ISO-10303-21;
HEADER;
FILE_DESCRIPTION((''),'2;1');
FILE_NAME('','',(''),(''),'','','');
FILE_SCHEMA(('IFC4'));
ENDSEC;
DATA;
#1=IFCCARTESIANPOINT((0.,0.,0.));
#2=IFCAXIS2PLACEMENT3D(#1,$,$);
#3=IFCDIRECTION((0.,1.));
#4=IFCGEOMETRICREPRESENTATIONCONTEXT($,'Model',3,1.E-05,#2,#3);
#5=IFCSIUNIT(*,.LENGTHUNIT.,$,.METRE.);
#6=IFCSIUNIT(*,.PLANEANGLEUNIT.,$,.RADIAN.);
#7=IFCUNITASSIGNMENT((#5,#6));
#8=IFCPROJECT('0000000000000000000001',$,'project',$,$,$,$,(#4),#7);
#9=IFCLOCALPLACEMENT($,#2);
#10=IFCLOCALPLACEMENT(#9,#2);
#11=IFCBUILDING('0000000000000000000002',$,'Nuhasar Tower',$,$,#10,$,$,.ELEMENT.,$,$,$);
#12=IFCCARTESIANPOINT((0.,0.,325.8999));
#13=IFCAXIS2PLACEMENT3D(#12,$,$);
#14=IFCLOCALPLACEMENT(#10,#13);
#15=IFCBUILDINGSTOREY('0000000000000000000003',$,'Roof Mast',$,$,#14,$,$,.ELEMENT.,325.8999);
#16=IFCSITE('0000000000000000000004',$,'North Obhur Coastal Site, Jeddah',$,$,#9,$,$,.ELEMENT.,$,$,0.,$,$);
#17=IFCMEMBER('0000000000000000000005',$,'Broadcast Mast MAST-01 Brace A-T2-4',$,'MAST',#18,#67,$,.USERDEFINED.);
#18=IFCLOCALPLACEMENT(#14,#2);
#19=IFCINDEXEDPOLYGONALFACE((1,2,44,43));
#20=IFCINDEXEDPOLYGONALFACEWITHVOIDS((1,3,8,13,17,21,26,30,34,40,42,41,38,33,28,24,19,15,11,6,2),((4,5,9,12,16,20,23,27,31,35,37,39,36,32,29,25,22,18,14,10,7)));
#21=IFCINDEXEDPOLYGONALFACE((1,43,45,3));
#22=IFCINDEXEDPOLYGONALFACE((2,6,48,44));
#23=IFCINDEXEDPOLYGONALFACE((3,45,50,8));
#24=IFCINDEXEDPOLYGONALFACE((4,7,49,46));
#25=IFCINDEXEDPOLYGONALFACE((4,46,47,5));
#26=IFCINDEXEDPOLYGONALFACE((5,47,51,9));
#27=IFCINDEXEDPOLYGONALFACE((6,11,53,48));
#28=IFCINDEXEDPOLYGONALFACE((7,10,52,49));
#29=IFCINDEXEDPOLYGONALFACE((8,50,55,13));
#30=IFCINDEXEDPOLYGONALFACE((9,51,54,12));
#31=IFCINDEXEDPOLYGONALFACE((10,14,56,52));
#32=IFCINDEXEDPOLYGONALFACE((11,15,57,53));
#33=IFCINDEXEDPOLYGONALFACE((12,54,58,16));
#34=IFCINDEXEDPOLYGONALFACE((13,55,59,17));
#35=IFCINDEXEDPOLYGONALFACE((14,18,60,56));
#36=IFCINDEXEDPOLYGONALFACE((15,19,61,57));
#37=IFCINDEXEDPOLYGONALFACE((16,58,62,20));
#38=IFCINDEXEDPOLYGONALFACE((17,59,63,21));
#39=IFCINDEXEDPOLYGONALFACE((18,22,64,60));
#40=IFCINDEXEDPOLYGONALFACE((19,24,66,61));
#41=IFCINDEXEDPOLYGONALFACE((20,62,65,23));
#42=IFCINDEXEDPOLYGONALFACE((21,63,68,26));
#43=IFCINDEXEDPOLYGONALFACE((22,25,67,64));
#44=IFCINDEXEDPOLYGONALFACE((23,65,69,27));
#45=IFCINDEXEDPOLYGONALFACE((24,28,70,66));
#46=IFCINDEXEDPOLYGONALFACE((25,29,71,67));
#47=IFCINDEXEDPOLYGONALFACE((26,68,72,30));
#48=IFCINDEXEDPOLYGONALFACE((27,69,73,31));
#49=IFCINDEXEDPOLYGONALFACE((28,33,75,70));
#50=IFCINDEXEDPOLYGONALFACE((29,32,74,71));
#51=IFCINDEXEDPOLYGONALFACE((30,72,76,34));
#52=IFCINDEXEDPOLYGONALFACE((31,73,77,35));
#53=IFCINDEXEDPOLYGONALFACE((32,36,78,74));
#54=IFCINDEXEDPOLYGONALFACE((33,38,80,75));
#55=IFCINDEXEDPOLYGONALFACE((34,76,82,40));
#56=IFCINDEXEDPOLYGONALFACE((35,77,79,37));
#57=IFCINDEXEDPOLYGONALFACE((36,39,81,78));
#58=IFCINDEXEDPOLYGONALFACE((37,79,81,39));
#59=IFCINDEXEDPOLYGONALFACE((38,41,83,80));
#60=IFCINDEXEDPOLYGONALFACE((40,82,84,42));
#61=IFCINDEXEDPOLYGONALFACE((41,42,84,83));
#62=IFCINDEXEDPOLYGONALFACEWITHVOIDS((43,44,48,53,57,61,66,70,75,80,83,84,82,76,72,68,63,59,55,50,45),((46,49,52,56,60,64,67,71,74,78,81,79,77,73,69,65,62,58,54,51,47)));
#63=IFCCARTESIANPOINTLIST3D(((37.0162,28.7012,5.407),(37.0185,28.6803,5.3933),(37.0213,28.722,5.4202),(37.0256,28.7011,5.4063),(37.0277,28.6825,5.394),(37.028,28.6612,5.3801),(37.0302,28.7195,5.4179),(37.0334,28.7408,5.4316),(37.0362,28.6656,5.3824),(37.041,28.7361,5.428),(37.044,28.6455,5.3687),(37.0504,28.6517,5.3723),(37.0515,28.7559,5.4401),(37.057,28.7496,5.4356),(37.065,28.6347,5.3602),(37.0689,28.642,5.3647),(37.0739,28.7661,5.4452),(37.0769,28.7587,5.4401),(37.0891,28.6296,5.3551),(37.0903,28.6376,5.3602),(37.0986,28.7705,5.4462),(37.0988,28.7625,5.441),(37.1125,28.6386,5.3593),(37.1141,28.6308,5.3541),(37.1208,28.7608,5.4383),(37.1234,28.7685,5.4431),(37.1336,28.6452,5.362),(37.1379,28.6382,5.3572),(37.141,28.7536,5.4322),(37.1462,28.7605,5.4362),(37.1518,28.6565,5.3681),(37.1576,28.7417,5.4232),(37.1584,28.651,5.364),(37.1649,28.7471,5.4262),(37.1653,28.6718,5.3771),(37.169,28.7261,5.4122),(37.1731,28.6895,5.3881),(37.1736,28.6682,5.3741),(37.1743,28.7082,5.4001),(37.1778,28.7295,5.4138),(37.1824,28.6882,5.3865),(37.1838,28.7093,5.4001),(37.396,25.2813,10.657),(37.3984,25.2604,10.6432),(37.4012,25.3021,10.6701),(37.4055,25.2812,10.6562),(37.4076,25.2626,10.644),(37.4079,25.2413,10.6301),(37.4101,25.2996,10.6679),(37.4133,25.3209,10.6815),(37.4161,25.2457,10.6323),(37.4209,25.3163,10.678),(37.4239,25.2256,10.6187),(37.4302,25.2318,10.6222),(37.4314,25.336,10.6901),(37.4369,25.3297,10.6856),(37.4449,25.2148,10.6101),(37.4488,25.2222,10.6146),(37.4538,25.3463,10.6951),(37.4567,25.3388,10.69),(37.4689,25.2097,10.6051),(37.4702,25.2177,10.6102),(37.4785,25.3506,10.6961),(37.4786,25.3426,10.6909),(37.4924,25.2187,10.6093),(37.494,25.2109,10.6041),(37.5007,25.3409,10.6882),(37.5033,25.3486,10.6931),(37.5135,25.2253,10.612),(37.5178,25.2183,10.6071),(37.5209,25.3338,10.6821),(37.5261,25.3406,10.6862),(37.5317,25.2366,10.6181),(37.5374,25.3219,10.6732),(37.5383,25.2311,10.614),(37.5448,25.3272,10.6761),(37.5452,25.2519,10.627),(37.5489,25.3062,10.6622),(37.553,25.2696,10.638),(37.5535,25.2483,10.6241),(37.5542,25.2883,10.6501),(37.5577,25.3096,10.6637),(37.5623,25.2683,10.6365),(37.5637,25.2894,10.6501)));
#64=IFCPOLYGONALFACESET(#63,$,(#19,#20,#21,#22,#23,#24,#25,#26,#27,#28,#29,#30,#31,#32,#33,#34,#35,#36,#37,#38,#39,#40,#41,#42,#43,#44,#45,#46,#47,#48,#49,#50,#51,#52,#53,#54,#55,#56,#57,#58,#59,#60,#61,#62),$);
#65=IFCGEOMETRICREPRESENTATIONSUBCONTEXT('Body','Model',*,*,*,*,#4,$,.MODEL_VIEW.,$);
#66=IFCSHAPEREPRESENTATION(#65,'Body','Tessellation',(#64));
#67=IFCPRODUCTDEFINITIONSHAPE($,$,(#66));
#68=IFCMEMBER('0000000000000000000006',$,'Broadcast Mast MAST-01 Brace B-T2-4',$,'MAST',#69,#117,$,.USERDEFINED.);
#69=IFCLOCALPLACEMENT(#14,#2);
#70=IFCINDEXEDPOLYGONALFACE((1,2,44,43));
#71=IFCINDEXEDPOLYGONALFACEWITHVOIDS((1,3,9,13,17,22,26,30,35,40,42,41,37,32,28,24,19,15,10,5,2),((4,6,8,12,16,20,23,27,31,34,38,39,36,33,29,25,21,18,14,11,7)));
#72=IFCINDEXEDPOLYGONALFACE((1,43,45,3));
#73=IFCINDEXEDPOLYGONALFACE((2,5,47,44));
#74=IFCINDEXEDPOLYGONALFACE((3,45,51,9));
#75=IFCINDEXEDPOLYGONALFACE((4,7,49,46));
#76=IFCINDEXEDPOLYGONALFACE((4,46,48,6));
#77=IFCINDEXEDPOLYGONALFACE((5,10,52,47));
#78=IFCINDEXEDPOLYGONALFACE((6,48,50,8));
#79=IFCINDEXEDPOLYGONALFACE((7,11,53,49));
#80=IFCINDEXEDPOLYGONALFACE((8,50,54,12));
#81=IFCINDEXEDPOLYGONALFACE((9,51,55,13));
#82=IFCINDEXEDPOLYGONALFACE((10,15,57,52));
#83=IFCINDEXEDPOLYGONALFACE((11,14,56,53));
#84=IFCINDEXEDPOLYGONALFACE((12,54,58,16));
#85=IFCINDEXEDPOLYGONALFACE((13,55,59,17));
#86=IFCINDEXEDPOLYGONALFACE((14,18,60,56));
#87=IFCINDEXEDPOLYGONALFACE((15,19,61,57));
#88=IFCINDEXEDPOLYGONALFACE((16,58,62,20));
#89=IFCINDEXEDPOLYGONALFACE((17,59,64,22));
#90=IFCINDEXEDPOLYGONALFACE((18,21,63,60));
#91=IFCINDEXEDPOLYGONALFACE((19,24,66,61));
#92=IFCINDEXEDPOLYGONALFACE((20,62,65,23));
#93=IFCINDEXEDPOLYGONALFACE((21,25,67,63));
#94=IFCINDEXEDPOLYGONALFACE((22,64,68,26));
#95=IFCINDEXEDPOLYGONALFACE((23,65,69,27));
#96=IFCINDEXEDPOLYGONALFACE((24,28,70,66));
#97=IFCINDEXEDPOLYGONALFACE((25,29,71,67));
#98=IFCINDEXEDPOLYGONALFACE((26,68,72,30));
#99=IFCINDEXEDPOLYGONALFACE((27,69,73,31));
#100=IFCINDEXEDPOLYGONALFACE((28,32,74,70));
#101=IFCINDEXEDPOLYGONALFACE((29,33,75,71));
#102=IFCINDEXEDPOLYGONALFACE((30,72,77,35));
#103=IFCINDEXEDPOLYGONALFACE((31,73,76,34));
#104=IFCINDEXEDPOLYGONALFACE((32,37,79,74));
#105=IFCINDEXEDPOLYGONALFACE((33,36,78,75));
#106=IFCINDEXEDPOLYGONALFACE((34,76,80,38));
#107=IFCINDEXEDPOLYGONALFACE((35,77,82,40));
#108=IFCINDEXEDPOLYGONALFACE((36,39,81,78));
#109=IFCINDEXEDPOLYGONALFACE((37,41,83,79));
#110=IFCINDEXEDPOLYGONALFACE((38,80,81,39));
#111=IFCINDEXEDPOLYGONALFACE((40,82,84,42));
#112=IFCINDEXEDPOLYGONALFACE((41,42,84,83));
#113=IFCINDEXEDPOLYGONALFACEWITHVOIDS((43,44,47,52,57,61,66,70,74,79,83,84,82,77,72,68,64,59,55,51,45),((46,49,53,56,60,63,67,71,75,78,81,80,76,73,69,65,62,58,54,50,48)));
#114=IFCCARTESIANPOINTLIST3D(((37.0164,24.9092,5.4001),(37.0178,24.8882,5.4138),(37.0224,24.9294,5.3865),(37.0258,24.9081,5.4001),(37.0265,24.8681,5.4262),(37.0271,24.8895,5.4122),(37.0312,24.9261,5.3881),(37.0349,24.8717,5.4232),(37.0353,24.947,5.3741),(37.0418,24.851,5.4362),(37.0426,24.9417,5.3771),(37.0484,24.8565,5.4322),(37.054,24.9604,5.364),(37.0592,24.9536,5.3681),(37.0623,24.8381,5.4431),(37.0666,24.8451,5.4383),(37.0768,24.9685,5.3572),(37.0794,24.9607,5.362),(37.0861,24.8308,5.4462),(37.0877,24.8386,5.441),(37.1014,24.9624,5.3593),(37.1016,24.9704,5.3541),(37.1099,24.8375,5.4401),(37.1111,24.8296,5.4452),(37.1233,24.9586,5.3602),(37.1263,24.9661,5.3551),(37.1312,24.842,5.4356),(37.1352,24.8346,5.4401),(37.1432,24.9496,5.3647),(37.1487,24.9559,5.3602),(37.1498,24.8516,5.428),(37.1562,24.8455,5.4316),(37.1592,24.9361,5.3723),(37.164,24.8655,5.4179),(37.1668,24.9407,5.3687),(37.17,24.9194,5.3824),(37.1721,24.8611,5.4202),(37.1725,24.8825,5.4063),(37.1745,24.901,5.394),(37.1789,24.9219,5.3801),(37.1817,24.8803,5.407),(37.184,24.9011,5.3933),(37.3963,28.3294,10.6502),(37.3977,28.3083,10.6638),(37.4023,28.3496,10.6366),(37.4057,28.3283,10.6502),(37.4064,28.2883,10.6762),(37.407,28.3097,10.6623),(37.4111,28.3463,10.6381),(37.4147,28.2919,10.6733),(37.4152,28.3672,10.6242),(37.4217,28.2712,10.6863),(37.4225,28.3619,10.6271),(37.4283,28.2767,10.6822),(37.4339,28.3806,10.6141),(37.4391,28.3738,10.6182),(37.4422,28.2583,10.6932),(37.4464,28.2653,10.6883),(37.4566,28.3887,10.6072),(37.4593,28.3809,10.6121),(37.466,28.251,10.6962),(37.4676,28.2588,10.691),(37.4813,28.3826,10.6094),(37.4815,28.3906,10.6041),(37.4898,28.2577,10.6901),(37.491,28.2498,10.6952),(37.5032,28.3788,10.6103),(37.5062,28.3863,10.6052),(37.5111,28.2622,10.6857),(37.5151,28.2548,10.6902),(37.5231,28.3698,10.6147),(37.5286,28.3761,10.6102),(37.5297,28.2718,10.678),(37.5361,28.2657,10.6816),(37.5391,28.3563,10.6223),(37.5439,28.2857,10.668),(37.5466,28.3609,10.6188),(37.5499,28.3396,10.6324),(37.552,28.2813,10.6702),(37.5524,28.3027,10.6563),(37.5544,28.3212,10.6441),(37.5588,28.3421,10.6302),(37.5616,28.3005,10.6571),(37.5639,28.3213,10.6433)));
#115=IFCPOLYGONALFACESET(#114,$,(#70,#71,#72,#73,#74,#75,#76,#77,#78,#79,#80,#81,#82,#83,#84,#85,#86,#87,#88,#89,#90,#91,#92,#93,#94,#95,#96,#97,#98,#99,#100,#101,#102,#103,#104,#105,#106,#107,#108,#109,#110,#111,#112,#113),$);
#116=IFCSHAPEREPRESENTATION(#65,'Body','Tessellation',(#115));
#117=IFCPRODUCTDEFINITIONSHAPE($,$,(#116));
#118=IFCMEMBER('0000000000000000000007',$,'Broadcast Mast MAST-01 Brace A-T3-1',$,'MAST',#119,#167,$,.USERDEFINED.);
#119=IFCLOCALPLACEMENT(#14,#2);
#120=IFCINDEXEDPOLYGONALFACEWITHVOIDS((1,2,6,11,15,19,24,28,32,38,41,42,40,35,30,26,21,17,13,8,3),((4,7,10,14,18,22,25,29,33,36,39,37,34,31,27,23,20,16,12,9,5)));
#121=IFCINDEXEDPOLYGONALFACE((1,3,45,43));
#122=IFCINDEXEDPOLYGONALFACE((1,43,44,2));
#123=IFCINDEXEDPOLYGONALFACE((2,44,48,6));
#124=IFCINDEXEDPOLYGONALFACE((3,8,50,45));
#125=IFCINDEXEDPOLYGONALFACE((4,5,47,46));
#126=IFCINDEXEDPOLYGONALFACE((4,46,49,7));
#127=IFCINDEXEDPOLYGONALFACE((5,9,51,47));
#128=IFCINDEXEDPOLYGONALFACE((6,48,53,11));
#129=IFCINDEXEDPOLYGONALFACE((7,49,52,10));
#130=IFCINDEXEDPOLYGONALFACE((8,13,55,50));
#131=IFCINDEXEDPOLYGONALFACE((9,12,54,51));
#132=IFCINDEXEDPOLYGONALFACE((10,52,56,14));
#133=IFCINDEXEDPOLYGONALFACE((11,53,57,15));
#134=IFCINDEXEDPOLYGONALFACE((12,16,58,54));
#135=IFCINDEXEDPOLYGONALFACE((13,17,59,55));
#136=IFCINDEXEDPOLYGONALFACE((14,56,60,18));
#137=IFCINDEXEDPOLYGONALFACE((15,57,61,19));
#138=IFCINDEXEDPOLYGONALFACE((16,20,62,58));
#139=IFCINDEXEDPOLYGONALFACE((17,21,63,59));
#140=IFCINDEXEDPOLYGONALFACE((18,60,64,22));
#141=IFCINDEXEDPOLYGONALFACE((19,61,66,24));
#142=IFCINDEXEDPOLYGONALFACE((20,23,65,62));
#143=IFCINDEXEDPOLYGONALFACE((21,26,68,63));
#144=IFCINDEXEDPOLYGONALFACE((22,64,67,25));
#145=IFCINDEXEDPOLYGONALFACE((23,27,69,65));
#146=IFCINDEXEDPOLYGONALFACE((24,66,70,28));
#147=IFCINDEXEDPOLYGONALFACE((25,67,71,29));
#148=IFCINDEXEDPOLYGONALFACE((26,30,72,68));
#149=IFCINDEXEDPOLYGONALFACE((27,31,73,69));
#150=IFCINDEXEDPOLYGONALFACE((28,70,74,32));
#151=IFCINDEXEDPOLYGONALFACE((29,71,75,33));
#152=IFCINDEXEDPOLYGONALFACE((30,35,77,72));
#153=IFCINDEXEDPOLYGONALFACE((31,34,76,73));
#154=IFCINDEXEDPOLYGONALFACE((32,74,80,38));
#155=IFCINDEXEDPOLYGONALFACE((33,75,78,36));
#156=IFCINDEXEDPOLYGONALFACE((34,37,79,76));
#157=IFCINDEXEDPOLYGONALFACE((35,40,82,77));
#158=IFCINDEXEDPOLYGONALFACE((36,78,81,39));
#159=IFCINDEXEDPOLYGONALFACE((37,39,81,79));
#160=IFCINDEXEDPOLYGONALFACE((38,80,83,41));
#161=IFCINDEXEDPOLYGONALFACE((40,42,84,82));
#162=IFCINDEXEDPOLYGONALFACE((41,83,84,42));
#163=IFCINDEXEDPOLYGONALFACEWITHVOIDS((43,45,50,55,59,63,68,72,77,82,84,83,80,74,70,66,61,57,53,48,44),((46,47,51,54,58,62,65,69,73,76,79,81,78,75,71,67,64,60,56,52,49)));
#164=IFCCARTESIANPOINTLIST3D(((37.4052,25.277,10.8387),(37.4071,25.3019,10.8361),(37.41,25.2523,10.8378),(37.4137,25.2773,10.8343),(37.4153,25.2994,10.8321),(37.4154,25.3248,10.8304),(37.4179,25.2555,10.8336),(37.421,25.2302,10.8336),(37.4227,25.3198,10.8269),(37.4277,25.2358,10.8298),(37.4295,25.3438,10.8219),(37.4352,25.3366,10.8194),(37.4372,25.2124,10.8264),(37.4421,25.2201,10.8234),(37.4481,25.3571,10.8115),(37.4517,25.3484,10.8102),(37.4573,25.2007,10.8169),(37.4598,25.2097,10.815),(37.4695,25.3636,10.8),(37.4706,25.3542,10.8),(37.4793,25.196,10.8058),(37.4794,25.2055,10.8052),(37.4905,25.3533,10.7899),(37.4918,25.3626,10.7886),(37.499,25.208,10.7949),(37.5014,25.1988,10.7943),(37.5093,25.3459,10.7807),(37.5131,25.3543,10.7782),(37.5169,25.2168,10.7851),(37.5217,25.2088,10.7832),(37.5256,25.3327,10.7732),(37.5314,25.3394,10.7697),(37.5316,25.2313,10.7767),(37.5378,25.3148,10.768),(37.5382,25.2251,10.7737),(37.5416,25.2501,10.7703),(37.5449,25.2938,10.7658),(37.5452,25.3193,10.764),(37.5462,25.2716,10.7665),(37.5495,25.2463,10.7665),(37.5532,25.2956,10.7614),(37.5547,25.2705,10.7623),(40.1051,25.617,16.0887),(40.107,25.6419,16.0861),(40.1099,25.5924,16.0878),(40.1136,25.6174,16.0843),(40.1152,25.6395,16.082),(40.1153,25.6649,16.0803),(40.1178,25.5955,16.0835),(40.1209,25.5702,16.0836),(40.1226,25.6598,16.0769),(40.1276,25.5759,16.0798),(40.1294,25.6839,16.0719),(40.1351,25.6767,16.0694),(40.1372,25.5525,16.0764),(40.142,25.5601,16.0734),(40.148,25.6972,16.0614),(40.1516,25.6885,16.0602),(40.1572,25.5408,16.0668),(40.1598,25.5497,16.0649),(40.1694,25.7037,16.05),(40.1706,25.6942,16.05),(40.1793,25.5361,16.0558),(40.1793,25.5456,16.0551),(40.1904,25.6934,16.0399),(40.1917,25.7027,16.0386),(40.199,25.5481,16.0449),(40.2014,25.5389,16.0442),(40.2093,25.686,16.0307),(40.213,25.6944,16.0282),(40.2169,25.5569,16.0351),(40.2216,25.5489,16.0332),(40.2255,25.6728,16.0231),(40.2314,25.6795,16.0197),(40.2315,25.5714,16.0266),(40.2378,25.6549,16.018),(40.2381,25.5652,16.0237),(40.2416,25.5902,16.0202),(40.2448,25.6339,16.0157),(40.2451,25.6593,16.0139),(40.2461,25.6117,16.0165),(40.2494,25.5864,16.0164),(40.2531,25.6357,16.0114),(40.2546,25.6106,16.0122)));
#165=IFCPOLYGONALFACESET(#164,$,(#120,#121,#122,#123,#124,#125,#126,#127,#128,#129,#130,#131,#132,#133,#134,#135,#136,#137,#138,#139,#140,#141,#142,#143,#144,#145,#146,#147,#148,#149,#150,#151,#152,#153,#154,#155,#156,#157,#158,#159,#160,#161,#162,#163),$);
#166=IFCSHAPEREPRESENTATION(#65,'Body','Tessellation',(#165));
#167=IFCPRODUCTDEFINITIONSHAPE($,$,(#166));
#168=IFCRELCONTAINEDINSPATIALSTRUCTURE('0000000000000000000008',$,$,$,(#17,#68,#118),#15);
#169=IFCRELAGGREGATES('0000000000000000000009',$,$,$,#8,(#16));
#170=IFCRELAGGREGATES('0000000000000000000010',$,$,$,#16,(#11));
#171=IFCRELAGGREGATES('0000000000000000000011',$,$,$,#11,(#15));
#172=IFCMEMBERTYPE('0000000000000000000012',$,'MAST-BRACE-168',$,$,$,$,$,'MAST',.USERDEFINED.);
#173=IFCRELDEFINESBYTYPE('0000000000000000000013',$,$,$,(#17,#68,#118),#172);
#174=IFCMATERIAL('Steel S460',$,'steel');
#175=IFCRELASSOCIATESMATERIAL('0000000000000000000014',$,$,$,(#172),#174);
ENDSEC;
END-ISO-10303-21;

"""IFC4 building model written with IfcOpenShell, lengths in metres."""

from ifc_helpers import new_model, si_unit, direction, frame, origin, origin_2d, place, context, subcontext, project, spatial, hollow_circle, extrude, material, material_profile, profile_set, type_object, element, save


model = new_model("IFC4")

# Units and contexts
model_context = context("Model", 3, precision=1e-05, world=origin(), true_north=direction((0.0, 1.0)))
body_context = subcontext(model_context, "Body", "Model", "MODEL_VIEW")
ifc_project = project(units=[si_unit("LENGTHUNIT", "METRE"), si_unit("PLANEANGLEUNIT", "RADIAN")], contexts=[model_context])

# Site, building, storey
site_placement = place(None, origin())
site = spatial("IfcSite", under=ifc_project, at=site_placement, Name="North Obhur Coastal Site, Jeddah", CompositionType="ELEMENT", RefElevation=0.0)
building_placement = place(site_placement, origin())
building = spatial("IfcBuilding", under=site, at=building_placement, Name="Nuhasar Tower", CompositionType="ELEMENT")
storey_placement = place(building_placement, frame((0.0, 0.0, 325.8999)))
storey = spatial("IfcBuildingStorey", under=building, at=storey_placement, Name="Roof Mast", CompositionType="ELEMENT", Elevation=325.8999)

# Shared definitions
ifc_material_1 = material(Name="Steel S460", Category="steel")

# Members
ifc_material_profile_1 = material_profile(ifc_material_1, hollow_circle(Radius=0.0842, WallThickness=0.0095, at=origin_2d()), Name="HSS168.3X9.5")
ifc_profile_set_1 = profile_set([ifc_material_profile_1], Name="Steel S460")
member_type = type_object("IfcMemberType", Name="MAST-BRACE-168", ElementType="MAST", PredefinedType="USERDEFINED", material=ifc_profile_set_1)
for number, where, z_axis, x_axis, name in (
    (1, (37.1001, 28.7, 5.4001), (0.060518, -0.54482, 0.836366), (0.993887, 0.1104, 0.0), "Broadcast Mast MAST-01 Brace A-T2-4"),
):
    element("IfcMember", number, at=place(storey_placement, frame(where, z_axis=z_axis, x_axis=x_axis)), inside=storey, type_object=member_type, Name=name, ObjectType="MAST", PredefinedType="USERDEFINED", context=body_context, shape_type="SweptSolid", body=[
        extrude(hollow_circle(Radius=0.0842, WallThickness=0.0095, at=origin_2d()), origin(), (0.0, 0.0, 1.0), 6.2771),
    ])
member_1_placement = place(storey_placement, frame((37.1001, 24.8999, 5.4001), z_axis=(0.060517, 0.544848, 0.836348), x_axis=(-0.993888, 0.110393, 0.0)))
element("IfcMember", 2, at=member_1_placement, inside=storey, type_object=member_type, Name="Broadcast Mast MAST-01 Brace B-T2-4", ObjectType="MAST", PredefinedType="USERDEFINED", context=body_context, shape_type="SweptSolid", body=[
    extrude(hollow_circle(Radius=0.0842, WallThickness=0.0095, at=origin_2d()), origin(), (0.0, 0.0, 1.0), 6.2773),
])
for number, where, z_axis, x_axis, name in (
    (3, (37.48, 25.28, 10.8), (0.456584, 0.057512, 0.887819), (-0.124973, 0.99216, 0.0), "Broadcast Mast MAST-01 Brace A-T3-1"),
):
    element("IfcMember", number, at=place(storey_placement, frame(where, z_axis=z_axis, x_axis=x_axis)), inside=storey, type_object=member_type, Name=name, ObjectType="MAST", PredefinedType="USERDEFINED", context=body_context, shape_type="SweptSolid", body=[
        extrude(hollow_circle(Radius=0.0842, WallThickness=0.0095, at=origin_2d()), origin(), (0.0, 0.0, 1.0), 5.9133),
    ])

save(model, "model.ifc")
